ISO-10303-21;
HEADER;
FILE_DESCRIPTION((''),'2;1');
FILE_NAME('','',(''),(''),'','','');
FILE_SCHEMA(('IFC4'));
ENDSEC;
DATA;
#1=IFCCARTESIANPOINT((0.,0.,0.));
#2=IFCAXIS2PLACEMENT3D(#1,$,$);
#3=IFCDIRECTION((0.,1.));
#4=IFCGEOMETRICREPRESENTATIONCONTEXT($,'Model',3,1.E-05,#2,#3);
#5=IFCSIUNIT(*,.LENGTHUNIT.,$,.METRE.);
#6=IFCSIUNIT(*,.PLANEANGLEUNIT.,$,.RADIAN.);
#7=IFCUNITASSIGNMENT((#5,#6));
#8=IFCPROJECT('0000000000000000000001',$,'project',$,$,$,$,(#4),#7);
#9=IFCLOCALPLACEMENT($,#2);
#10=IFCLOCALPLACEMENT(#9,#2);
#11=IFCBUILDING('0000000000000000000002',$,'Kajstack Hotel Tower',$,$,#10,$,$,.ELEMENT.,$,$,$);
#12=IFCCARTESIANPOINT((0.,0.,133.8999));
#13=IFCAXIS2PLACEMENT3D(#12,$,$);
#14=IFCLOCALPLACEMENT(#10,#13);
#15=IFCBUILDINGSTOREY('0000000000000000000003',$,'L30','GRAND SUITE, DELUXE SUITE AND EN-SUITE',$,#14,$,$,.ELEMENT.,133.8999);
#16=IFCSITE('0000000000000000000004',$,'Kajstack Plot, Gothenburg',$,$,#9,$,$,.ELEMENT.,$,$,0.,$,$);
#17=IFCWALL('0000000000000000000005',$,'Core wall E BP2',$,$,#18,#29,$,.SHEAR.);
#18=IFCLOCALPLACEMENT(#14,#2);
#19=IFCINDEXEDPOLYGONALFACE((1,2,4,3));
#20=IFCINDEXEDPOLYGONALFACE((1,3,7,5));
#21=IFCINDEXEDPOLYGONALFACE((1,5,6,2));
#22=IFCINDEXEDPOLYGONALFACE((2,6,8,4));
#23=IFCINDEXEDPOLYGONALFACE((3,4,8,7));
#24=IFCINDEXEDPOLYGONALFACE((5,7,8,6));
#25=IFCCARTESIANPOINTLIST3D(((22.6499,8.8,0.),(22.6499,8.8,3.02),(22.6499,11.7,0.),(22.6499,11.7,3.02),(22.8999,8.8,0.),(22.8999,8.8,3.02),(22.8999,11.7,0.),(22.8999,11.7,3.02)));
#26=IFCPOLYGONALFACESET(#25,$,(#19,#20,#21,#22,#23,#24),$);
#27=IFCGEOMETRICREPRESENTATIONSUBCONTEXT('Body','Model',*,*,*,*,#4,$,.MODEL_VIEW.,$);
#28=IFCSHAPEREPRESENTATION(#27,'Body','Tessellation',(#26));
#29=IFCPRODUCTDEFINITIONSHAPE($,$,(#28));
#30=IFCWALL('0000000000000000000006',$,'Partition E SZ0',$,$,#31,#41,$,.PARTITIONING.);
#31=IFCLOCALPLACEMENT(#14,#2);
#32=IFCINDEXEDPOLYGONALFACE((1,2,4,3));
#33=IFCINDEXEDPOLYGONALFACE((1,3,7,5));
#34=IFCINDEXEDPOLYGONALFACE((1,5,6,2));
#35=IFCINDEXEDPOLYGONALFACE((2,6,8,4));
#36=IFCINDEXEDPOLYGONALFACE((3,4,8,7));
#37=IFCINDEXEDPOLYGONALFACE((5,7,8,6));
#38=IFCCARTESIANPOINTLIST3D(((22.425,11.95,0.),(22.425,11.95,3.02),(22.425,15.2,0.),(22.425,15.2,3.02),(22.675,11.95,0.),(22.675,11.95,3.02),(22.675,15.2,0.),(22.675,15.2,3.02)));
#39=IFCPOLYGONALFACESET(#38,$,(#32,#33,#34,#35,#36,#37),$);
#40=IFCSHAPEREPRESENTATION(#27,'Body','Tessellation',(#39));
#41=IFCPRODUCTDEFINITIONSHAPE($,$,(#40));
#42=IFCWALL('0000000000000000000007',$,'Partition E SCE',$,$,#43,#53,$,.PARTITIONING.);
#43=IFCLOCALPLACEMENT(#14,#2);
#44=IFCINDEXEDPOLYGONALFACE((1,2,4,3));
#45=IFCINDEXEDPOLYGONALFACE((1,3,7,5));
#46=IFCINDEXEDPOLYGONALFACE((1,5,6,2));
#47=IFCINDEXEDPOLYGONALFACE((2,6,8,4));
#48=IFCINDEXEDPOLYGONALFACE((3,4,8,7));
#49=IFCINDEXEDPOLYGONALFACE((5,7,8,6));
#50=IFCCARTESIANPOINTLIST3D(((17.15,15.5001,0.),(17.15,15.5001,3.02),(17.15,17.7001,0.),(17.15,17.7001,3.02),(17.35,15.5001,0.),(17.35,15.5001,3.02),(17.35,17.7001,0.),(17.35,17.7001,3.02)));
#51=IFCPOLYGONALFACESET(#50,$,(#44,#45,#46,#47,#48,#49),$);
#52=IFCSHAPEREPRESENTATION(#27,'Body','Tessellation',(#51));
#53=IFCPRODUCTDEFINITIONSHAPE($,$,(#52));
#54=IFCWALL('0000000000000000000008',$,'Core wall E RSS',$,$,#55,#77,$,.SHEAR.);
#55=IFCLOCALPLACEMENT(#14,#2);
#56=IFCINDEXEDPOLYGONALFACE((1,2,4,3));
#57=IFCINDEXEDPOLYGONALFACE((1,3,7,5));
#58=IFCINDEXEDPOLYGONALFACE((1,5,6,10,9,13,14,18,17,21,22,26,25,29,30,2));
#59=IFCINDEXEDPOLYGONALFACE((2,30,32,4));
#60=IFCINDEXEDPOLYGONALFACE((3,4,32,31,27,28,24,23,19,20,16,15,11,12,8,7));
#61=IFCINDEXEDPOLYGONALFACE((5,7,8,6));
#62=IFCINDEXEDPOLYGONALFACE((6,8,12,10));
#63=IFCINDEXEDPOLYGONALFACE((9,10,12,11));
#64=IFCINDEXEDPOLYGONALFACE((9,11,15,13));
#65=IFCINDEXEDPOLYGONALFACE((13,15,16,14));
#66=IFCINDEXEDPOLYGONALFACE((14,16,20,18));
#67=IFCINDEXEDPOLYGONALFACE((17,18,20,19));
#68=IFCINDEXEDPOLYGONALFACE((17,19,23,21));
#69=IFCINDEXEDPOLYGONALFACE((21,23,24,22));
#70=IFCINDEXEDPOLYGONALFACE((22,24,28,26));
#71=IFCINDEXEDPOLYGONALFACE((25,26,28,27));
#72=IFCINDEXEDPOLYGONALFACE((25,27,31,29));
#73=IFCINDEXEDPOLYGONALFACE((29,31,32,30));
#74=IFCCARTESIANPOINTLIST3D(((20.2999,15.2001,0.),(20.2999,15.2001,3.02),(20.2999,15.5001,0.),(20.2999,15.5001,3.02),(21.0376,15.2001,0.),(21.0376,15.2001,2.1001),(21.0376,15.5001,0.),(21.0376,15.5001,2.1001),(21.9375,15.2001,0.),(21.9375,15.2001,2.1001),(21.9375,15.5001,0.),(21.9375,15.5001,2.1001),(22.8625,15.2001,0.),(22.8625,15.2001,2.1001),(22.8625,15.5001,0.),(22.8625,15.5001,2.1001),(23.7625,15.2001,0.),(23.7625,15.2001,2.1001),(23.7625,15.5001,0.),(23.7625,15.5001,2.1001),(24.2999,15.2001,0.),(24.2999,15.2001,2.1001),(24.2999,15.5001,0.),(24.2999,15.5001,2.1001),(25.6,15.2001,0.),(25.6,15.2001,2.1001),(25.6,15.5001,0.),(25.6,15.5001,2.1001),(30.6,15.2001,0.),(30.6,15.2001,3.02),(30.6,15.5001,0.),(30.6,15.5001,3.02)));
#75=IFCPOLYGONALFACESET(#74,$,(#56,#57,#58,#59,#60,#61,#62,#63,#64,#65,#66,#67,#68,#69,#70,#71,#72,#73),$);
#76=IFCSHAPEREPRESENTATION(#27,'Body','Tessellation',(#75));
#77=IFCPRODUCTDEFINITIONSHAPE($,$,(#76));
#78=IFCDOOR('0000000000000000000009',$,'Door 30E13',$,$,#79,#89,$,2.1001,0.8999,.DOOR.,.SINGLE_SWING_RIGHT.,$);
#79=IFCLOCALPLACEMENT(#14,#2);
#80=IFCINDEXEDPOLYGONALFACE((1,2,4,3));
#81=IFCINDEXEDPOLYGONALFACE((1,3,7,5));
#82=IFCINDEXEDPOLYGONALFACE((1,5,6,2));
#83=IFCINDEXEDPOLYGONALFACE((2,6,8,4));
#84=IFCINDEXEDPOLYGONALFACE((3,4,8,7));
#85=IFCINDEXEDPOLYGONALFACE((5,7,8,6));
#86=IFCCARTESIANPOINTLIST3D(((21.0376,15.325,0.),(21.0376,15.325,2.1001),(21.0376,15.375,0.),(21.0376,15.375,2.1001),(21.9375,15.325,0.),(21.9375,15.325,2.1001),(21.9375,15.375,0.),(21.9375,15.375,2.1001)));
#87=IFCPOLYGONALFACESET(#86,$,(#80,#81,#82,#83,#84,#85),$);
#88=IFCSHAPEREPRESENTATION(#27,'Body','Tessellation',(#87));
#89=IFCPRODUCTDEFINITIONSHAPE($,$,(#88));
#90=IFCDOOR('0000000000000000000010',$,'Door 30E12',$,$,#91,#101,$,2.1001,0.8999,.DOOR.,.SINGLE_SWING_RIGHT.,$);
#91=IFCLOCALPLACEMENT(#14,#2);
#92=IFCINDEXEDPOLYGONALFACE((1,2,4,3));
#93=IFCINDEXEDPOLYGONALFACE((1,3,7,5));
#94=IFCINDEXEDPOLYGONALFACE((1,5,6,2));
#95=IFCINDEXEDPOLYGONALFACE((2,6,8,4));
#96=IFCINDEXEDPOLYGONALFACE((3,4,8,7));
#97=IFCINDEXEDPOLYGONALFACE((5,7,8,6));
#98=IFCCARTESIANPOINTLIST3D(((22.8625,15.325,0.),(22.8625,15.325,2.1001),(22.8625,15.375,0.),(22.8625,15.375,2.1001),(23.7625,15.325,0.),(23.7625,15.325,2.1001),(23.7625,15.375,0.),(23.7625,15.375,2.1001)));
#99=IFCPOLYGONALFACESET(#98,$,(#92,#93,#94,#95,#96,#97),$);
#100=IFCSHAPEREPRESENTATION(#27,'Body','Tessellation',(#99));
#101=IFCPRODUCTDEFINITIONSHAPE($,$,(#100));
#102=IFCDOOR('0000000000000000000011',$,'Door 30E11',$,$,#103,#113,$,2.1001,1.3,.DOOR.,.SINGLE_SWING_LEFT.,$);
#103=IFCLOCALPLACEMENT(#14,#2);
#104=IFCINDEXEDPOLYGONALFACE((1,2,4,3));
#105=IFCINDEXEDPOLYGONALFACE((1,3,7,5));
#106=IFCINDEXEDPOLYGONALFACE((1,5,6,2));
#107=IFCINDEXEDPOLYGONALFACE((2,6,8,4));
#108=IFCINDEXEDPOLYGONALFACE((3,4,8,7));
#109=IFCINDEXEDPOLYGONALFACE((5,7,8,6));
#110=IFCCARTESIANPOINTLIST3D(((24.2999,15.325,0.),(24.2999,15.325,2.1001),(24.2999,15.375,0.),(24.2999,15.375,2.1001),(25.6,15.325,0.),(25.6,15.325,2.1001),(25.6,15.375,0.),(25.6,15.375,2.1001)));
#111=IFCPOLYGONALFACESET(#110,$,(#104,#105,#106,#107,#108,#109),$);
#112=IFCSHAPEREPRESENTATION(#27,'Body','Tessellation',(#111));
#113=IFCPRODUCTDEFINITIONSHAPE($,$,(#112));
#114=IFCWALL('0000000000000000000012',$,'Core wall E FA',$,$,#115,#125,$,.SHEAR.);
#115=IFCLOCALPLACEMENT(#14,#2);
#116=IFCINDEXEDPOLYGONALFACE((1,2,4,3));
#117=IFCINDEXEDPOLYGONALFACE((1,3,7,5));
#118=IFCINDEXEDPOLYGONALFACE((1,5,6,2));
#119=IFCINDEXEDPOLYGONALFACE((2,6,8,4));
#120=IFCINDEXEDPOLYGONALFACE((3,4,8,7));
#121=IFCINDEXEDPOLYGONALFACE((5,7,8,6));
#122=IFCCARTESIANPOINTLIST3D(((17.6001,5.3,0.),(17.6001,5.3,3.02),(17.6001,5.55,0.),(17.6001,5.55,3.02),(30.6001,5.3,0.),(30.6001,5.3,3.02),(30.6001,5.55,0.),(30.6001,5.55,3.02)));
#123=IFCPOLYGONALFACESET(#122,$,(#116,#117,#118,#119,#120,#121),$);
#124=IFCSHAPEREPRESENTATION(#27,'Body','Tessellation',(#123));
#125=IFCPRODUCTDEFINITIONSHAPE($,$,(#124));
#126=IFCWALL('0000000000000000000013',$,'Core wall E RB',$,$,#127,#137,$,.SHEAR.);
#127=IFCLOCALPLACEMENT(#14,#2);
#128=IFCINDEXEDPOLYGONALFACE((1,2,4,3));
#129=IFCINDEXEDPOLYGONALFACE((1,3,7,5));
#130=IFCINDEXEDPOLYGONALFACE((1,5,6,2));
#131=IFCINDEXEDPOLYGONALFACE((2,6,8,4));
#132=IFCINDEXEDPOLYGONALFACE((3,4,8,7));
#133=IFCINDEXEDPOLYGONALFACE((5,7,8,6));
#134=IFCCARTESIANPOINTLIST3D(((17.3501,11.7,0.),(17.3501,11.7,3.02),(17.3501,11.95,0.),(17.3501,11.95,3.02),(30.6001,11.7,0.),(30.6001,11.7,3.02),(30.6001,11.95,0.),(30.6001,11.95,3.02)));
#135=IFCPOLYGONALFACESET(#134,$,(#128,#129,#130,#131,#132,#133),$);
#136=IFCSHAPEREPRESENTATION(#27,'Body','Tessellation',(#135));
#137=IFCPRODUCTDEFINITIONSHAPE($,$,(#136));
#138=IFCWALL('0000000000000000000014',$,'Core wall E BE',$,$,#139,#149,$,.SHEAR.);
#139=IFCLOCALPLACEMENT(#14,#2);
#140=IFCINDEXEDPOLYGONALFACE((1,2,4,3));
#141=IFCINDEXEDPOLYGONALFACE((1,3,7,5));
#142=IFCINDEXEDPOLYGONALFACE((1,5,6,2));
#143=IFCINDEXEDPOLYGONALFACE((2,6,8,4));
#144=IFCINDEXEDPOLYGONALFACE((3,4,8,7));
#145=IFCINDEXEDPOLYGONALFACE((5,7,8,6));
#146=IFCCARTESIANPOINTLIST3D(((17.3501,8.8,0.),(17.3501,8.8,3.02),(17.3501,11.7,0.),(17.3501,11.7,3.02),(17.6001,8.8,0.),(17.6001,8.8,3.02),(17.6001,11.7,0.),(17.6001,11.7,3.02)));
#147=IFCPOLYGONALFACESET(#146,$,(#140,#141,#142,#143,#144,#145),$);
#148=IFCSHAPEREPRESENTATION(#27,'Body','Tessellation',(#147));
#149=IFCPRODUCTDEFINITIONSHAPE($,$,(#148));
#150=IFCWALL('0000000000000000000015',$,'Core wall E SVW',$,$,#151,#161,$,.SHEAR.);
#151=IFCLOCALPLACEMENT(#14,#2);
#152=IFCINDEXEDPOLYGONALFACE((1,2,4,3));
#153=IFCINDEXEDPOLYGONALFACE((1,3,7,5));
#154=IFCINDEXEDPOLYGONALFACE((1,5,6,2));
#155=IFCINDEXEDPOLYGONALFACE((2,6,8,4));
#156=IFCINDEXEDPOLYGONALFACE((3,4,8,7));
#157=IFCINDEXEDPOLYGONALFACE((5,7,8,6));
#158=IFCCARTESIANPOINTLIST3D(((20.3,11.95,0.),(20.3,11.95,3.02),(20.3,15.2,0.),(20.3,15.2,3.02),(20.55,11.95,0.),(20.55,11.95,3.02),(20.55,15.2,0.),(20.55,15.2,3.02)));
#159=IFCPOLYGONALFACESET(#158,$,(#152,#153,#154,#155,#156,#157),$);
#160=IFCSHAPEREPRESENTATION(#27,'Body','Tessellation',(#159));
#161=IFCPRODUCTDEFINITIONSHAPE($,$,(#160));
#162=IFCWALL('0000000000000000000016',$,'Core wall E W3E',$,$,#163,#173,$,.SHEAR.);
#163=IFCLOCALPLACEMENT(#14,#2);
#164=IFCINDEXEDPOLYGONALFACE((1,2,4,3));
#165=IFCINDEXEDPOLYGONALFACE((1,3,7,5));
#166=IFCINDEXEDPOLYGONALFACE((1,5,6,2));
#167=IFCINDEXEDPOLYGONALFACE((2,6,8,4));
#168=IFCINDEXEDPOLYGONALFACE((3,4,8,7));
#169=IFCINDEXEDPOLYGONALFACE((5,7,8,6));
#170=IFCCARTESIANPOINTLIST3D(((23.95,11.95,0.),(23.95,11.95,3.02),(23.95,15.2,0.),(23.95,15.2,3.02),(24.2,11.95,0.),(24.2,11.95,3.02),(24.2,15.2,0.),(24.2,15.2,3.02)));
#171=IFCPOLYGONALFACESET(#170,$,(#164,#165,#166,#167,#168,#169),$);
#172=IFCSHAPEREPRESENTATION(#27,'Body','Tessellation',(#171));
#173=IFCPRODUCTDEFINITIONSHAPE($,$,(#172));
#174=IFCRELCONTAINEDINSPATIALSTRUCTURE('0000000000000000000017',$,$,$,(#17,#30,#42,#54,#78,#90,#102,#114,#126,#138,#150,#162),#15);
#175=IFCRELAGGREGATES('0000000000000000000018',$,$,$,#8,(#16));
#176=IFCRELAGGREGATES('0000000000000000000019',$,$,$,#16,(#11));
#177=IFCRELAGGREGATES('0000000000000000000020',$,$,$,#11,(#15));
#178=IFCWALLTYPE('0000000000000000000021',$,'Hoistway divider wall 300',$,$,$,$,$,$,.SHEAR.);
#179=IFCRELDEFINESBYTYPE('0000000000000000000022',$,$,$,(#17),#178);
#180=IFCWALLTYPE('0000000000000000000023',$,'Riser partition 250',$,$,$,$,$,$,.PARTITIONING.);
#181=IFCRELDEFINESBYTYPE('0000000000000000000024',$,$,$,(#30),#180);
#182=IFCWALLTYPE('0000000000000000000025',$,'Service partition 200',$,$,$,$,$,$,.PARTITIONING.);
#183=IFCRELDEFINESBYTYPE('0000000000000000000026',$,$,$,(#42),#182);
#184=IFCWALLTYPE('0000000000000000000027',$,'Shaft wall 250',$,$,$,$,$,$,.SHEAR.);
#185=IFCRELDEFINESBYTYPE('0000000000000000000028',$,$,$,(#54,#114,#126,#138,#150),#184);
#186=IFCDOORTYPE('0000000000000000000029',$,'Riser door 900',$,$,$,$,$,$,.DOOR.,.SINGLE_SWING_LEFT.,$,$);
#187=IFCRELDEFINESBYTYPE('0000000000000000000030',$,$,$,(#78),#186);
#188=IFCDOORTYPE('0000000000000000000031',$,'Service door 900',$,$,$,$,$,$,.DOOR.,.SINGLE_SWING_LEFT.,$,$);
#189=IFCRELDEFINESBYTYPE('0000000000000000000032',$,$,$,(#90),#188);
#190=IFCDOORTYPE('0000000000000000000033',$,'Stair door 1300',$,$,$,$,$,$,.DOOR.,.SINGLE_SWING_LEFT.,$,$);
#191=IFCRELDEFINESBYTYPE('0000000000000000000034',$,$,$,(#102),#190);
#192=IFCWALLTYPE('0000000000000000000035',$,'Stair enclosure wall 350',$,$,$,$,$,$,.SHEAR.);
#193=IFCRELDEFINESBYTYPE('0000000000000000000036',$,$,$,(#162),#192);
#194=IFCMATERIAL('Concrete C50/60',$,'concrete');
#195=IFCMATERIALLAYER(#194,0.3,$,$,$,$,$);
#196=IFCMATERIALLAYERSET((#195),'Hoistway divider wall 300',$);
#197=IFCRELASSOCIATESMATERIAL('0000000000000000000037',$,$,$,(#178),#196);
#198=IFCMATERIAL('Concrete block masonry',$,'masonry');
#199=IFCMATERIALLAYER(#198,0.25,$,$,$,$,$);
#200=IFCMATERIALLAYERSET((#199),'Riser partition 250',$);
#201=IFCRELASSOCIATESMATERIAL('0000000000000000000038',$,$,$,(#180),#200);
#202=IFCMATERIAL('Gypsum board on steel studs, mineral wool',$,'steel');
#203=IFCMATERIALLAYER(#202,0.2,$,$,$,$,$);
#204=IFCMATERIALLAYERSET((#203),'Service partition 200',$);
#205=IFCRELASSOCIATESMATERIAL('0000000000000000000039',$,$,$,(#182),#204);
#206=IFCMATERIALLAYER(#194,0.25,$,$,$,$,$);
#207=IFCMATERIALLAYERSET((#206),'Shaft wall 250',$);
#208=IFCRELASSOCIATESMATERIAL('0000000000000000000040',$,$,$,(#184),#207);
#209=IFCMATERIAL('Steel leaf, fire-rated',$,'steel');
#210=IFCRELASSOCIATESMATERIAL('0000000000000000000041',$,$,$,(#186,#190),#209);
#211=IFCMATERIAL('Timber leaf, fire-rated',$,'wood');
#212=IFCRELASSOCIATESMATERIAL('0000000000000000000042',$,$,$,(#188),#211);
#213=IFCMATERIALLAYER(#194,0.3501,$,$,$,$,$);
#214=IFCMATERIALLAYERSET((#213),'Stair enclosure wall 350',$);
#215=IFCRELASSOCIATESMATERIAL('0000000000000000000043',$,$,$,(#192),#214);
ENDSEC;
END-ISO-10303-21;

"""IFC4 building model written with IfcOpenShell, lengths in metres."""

from ifc_helpers import new_model, si_unit, direction, frame, frame_2d, origin, place, context, subcontext, project, spatial, rectangle, extrude, material, layer, layer_set, type_object, element, fill, save


model = new_model("IFC4")

# Units and contexts
model_context = context("Model", 3, precision=1e-05, world=origin(), true_north=direction((0.0, 1.0)))
body_context = subcontext(model_context, "Body", "Model", "MODEL_VIEW")
ifc_project = project(units=[si_unit("LENGTHUNIT", "METRE"), si_unit("PLANEANGLEUNIT", "RADIAN")], contexts=[model_context])

# Site, building, storey
site_placement = place(None, origin())
site = spatial("IfcSite", under=ifc_project, at=site_placement, Name="Kajstack Plot, Gothenburg", CompositionType="ELEMENT", RefElevation=0.0)
building_placement = place(site_placement, origin())
building = spatial("IfcBuilding", under=site, at=building_placement, Name="Kajstack Hotel Tower", CompositionType="ELEMENT")
storey_placement = place(building_placement, frame((0.0, 0.0, 133.8999)))
storey = spatial("IfcBuildingStorey", under=building, at=storey_placement, Name="L30", Description="GRAND SUITE, DELUXE SUITE AND EN-SUITE", CompositionType="ELEMENT", Elevation=133.8999)

# Walls
ifc_material_1 = material(Name="Concrete C50/60", Category="concrete")
ifc_layer_1 = layer(ifc_material_1, 0.3)
ifc_layer_set_1 = layer_set([ifc_layer_1], Name="Hoistway divider wall 300")
wall_type_1 = type_object("IfcWallType", Name="Hoistway divider wall 300", PredefinedType="SHEAR", material=ifc_layer_set_1)
wall_1_placement = place(storey_placement, frame((22.7749, 8.8, 0.0), z_axis=(0.0, 0.0, 1.0), x_axis=(0.0, 1.0, 0.0)))
element("IfcWall", 1, at=wall_1_placement, inside=storey, type_object=wall_type_1, Name="Core wall E BP2", PredefinedType="SHEAR", context=body_context, shape_type="SweptSolid", body=[
    extrude(rectangle(XDim=2.8999, YDim=0.25, at=frame_2d((1.45, 0.0))), origin(), (0.0, 0.0, 1.0), 3.02),
])
ifc_material_2 = material(Name="Concrete block masonry", Category="masonry")
ifc_layer_2 = layer(ifc_material_2, 0.25)
ifc_layer_set_2 = layer_set([ifc_layer_2], Name="Riser partition 250")
wall_type_2 = type_object("IfcWallType", Name="Riser partition 250", PredefinedType="PARTITIONING", material=ifc_layer_set_2)
wall_2_placement = place(storey_placement, frame((22.55, 11.95, 0.0), z_axis=(0.0, 0.0, 1.0), x_axis=(0.0, 1.0, 0.0)))
element("IfcWall", 2, at=wall_2_placement, inside=storey, type_object=wall_type_2, Name="Partition E SZ0", PredefinedType="PARTITIONING", context=body_context, shape_type="SweptSolid", body=[
    extrude(rectangle(XDim=3.25, YDim=0.25, at=frame_2d((1.625, 0.0))), origin(), (0.0, 0.0, 1.0), 3.02),
])
ifc_material_3 = material(Name="Gypsum board on steel studs, mineral wool", Category="steel")
ifc_layer_3 = layer(ifc_material_3, 0.2)
ifc_layer_set_3 = layer_set([ifc_layer_3], Name="Service partition 200")
wall_type_3 = type_object("IfcWallType", Name="Service partition 200", PredefinedType="PARTITIONING", material=ifc_layer_set_3)
wall_3_placement = place(storey_placement, frame((17.25, 15.5, 0.0), z_axis=(0.0, 0.0, 1.0), x_axis=(0.0, 1.0, 0.0)))
element("IfcWall", 3, at=wall_3_placement, inside=storey, type_object=wall_type_3, Name="Partition E SCE", PredefinedType="PARTITIONING", context=body_context, shape_type="SweptSolid", body=[
    extrude(rectangle(XDim=2.2, YDim=0.2, at=frame_2d((1.1001, 0.0))), origin(), (0.0, 0.0, 1.0), 3.02),
])

# Wall, openings, doors
ifc_layer_4 = layer(ifc_material_1, 0.25)
ifc_layer_set_4 = layer_set([ifc_layer_4], Name="Shaft wall 250")
wall_type_4 = type_object("IfcWallType", Name="Shaft wall 250", PredefinedType="SHEAR", material=ifc_layer_set_4)
wall_4_placement = place(storey_placement, frame((20.3, 15.3501, 0.0), z_axis=(0.0, 0.0, 1.0), x_axis=(1.0, 0.0, 0.0)))
wall_4 = element("IfcWall", 4, at=wall_4_placement, inside=storey, type_object=wall_type_4, Name="Core wall E RSS", PredefinedType="SHEAR", context=body_context, shape_type="SweptSolid", body=[
    extrude(rectangle(XDim=10.3, YDim=0.3, at=frame_2d((5.1499, 0.0))), origin(), (0.0, 0.0, 1.0), 3.02),
])
opening_1_placement = place(wall_4_placement, frame((4.0, 0.0, 0.0)))
opening_1 = element("IfcOpeningElement", 5, at=opening_1_placement, cuts=wall_4, PredefinedType="OPENING", context=body_context, shape_type="SweptSolid", body=[
    extrude(rectangle(XDim=1.3, YDim=2.1001, at=frame_2d((0.6499, 1.05))), frame((0.0, 0.1599, 0.0), z_axis=(0.0, -1.0, 0.0), x_axis=(1.0, 0.0, 0.0)), (0.0, 0.0, 1.0), 0.3201),
])
opening_2_placement = place(wall_4_placement, frame((2.5625, 0.0, 0.0)))
opening_2 = element("IfcOpeningElement", 6, at=opening_2_placement, cuts=wall_4, PredefinedType="OPENING", context=body_context, shape_type="SweptSolid", body=[
    extrude(rectangle(XDim=0.8999, YDim=2.1001, at=frame_2d((0.45, 1.05))), frame((0.0, 0.1599, 0.0), z_axis=(0.0, -1.0, 0.0), x_axis=(1.0, 0.0, 0.0)), (0.0, 0.0, 1.0), 0.3201),
])
opening_3_placement = place(wall_4_placement, frame((0.7375, 0.0, 0.0)))
opening_3 = element("IfcOpeningElement", 7, at=opening_3_placement, cuts=wall_4, PredefinedType="OPENING", context=body_context, shape_type="SweptSolid", body=[
    extrude(rectangle(XDim=0.8999, YDim=2.1001, at=frame_2d((0.45, 1.05))), frame((0.0, 0.1599, 0.0), z_axis=(0.0, -1.0, 0.0), x_axis=(1.0, 0.0, 0.0)), (0.0, 0.0, 1.0), 0.3201),
])
ifc_material_4 = material(Name="Steel leaf, fire-rated", Category="steel")
door_type_1 = type_object("IfcDoorType", Name="Riser door 900", OperationType="SINGLE_SWING_LEFT", PredefinedType="DOOR", material=ifc_material_4)
door_1_placement = place(opening_3_placement, origin())
door_1 = element("IfcDoor", 8, at=door_1_placement, inside=storey, type_object=door_type_1, Name="Door 30E13", OperationType="SINGLE_SWING_RIGHT", OverallHeight=2.1001, OverallWidth=0.8999, PredefinedType="DOOR", context=body_context, shape_type="SweptSolid", body=[
    extrude(rectangle(XDim=0.8999, YDim=2.1001, at=frame_2d((0.45, 1.05))), frame((0.0, 0.0249, 0.0), z_axis=(0.0, -1.0, 0.0), x_axis=(1.0, 0.0, 0.0)), (0.0, 0.0, 1.0), 0.05),
])
fill(opening_3, door_1)
ifc_material_5 = material(Name="Timber leaf, fire-rated", Category="wood")
door_type_2 = type_object("IfcDoorType", Name="Service door 900", OperationType="SINGLE_SWING_LEFT", PredefinedType="DOOR", material=ifc_material_5)
door_2_placement = place(opening_2_placement, origin())
door_2 = element("IfcDoor", 9, at=door_2_placement, inside=storey, type_object=door_type_2, Name="Door 30E12", OperationType="SINGLE_SWING_RIGHT", OverallHeight=2.1001, OverallWidth=0.8999, PredefinedType="DOOR", context=body_context, shape_type="SweptSolid", body=[
    extrude(rectangle(XDim=0.8999, YDim=2.1001, at=frame_2d((0.45, 1.05))), frame((0.0, 0.0249, 0.0), z_axis=(0.0, -1.0, 0.0), x_axis=(1.0, 0.0, 0.0)), (0.0, 0.0, 1.0), 0.05),
])
fill(opening_2, door_2)
door_type_3 = type_object("IfcDoorType", Name="Stair door 1300", OperationType="SINGLE_SWING_LEFT", PredefinedType="DOOR", material=ifc_material_4)
door_3_placement = place(opening_1_placement, origin())
door_3 = element("IfcDoor", 10, at=door_3_placement, inside=storey, type_object=door_type_3, Name="Door 30E11", OperationType="SINGLE_SWING_LEFT", OverallHeight=2.1001, OverallWidth=1.3, PredefinedType="DOOR", context=body_context, shape_type="SweptSolid", body=[
    extrude(rectangle(XDim=1.3, YDim=2.1001, at=frame_2d((0.6499, 1.05))), frame((0.0, 0.0249, 0.0), z_axis=(0.0, -1.0, 0.0), x_axis=(1.0, 0.0, 0.0)), (0.0, 0.0, 1.0), 0.05),
])
fill(opening_1, door_3)

# Walls
wall_5_placement = place(storey_placement, frame((17.6001, 5.425, 0.0), z_axis=(0.0, 0.0, 1.0), x_axis=(1.0, 0.0, 0.0)))
element("IfcWall", 11, at=wall_5_placement, inside=storey, type_object=wall_type_4, Name="Core wall E FA", PredefinedType="SHEAR", context=body_context, shape_type="SweptSolid", body=[
    extrude(rectangle(XDim=13.0, YDim=0.25, at=frame_2d((6.5, 0.0))), origin(), (0.0, 0.0, 1.0), 3.02),
])
wall_6_placement = place(storey_placement, frame((17.3501, 11.825, 0.0), z_axis=(0.0, 0.0, 1.0), x_axis=(1.0, 0.0, 0.0)))
element("IfcWall", 12, at=wall_6_placement, inside=storey, type_object=wall_type_4, Name="Core wall E RB", PredefinedType="SHEAR", context=body_context, shape_type="SweptSolid", body=[
    extrude(rectangle(XDim=13.25, YDim=0.25, at=frame_2d((6.625, 0.0))), origin(), (0.0, 0.0, 1.0), 3.02),
])
wall_7_placement = place(storey_placement, frame((17.4751, 8.8, 0.0), z_axis=(0.0, 0.0, 1.0), x_axis=(0.0, 1.0, 0.0)))
element("IfcWall", 13, at=wall_7_placement, inside=storey, type_object=wall_type_4, Name="Core wall E BE", PredefinedType="SHEAR", context=body_context, shape_type="SweptSolid", body=[
    extrude(rectangle(XDim=2.8999, YDim=0.25, at=frame_2d((1.45, 0.0))), origin(), (0.0, 0.0, 1.0), 3.02),
])
wall_8_placement = place(storey_placement, frame((20.425, 11.95, 0.0), z_axis=(0.0, 0.0, 1.0), x_axis=(0.0, 1.0, 0.0)))
element("IfcWall", 14, at=wall_8_placement, inside=storey, type_object=wall_type_4, Name="Core wall E SVW", PredefinedType="SHEAR", context=body_context, shape_type="SweptSolid", body=[
    extrude(rectangle(XDim=3.25, YDim=0.25, at=frame_2d((1.625, 0.0))), origin(), (0.0, 0.0, 1.0), 3.02),
])
ifc_layer_5 = layer(ifc_material_1, 0.3501)
ifc_layer_set_5 = layer_set([ifc_layer_5], Name="Stair enclosure wall 350")
wall_type_5 = type_object("IfcWallType", Name="Stair enclosure wall 350", PredefinedType="SHEAR", material=ifc_layer_set_5)
wall_9_placement = place(storey_placement, frame((24.075, 11.95, 0.0), z_axis=(0.0, 0.0, 1.0), x_axis=(0.0, 1.0, 0.0)))
element("IfcWall", 15, at=wall_9_placement, inside=storey, type_object=wall_type_5, Name="Core wall E W3E", PredefinedType="SHEAR", context=body_context, shape_type="SweptSolid", body=[
    extrude(rectangle(XDim=3.25, YDim=0.25, at=frame_2d((1.625, 0.0))), origin(), (0.0, 0.0, 1.0), 3.02),
])

save(model, "model.ifc")
